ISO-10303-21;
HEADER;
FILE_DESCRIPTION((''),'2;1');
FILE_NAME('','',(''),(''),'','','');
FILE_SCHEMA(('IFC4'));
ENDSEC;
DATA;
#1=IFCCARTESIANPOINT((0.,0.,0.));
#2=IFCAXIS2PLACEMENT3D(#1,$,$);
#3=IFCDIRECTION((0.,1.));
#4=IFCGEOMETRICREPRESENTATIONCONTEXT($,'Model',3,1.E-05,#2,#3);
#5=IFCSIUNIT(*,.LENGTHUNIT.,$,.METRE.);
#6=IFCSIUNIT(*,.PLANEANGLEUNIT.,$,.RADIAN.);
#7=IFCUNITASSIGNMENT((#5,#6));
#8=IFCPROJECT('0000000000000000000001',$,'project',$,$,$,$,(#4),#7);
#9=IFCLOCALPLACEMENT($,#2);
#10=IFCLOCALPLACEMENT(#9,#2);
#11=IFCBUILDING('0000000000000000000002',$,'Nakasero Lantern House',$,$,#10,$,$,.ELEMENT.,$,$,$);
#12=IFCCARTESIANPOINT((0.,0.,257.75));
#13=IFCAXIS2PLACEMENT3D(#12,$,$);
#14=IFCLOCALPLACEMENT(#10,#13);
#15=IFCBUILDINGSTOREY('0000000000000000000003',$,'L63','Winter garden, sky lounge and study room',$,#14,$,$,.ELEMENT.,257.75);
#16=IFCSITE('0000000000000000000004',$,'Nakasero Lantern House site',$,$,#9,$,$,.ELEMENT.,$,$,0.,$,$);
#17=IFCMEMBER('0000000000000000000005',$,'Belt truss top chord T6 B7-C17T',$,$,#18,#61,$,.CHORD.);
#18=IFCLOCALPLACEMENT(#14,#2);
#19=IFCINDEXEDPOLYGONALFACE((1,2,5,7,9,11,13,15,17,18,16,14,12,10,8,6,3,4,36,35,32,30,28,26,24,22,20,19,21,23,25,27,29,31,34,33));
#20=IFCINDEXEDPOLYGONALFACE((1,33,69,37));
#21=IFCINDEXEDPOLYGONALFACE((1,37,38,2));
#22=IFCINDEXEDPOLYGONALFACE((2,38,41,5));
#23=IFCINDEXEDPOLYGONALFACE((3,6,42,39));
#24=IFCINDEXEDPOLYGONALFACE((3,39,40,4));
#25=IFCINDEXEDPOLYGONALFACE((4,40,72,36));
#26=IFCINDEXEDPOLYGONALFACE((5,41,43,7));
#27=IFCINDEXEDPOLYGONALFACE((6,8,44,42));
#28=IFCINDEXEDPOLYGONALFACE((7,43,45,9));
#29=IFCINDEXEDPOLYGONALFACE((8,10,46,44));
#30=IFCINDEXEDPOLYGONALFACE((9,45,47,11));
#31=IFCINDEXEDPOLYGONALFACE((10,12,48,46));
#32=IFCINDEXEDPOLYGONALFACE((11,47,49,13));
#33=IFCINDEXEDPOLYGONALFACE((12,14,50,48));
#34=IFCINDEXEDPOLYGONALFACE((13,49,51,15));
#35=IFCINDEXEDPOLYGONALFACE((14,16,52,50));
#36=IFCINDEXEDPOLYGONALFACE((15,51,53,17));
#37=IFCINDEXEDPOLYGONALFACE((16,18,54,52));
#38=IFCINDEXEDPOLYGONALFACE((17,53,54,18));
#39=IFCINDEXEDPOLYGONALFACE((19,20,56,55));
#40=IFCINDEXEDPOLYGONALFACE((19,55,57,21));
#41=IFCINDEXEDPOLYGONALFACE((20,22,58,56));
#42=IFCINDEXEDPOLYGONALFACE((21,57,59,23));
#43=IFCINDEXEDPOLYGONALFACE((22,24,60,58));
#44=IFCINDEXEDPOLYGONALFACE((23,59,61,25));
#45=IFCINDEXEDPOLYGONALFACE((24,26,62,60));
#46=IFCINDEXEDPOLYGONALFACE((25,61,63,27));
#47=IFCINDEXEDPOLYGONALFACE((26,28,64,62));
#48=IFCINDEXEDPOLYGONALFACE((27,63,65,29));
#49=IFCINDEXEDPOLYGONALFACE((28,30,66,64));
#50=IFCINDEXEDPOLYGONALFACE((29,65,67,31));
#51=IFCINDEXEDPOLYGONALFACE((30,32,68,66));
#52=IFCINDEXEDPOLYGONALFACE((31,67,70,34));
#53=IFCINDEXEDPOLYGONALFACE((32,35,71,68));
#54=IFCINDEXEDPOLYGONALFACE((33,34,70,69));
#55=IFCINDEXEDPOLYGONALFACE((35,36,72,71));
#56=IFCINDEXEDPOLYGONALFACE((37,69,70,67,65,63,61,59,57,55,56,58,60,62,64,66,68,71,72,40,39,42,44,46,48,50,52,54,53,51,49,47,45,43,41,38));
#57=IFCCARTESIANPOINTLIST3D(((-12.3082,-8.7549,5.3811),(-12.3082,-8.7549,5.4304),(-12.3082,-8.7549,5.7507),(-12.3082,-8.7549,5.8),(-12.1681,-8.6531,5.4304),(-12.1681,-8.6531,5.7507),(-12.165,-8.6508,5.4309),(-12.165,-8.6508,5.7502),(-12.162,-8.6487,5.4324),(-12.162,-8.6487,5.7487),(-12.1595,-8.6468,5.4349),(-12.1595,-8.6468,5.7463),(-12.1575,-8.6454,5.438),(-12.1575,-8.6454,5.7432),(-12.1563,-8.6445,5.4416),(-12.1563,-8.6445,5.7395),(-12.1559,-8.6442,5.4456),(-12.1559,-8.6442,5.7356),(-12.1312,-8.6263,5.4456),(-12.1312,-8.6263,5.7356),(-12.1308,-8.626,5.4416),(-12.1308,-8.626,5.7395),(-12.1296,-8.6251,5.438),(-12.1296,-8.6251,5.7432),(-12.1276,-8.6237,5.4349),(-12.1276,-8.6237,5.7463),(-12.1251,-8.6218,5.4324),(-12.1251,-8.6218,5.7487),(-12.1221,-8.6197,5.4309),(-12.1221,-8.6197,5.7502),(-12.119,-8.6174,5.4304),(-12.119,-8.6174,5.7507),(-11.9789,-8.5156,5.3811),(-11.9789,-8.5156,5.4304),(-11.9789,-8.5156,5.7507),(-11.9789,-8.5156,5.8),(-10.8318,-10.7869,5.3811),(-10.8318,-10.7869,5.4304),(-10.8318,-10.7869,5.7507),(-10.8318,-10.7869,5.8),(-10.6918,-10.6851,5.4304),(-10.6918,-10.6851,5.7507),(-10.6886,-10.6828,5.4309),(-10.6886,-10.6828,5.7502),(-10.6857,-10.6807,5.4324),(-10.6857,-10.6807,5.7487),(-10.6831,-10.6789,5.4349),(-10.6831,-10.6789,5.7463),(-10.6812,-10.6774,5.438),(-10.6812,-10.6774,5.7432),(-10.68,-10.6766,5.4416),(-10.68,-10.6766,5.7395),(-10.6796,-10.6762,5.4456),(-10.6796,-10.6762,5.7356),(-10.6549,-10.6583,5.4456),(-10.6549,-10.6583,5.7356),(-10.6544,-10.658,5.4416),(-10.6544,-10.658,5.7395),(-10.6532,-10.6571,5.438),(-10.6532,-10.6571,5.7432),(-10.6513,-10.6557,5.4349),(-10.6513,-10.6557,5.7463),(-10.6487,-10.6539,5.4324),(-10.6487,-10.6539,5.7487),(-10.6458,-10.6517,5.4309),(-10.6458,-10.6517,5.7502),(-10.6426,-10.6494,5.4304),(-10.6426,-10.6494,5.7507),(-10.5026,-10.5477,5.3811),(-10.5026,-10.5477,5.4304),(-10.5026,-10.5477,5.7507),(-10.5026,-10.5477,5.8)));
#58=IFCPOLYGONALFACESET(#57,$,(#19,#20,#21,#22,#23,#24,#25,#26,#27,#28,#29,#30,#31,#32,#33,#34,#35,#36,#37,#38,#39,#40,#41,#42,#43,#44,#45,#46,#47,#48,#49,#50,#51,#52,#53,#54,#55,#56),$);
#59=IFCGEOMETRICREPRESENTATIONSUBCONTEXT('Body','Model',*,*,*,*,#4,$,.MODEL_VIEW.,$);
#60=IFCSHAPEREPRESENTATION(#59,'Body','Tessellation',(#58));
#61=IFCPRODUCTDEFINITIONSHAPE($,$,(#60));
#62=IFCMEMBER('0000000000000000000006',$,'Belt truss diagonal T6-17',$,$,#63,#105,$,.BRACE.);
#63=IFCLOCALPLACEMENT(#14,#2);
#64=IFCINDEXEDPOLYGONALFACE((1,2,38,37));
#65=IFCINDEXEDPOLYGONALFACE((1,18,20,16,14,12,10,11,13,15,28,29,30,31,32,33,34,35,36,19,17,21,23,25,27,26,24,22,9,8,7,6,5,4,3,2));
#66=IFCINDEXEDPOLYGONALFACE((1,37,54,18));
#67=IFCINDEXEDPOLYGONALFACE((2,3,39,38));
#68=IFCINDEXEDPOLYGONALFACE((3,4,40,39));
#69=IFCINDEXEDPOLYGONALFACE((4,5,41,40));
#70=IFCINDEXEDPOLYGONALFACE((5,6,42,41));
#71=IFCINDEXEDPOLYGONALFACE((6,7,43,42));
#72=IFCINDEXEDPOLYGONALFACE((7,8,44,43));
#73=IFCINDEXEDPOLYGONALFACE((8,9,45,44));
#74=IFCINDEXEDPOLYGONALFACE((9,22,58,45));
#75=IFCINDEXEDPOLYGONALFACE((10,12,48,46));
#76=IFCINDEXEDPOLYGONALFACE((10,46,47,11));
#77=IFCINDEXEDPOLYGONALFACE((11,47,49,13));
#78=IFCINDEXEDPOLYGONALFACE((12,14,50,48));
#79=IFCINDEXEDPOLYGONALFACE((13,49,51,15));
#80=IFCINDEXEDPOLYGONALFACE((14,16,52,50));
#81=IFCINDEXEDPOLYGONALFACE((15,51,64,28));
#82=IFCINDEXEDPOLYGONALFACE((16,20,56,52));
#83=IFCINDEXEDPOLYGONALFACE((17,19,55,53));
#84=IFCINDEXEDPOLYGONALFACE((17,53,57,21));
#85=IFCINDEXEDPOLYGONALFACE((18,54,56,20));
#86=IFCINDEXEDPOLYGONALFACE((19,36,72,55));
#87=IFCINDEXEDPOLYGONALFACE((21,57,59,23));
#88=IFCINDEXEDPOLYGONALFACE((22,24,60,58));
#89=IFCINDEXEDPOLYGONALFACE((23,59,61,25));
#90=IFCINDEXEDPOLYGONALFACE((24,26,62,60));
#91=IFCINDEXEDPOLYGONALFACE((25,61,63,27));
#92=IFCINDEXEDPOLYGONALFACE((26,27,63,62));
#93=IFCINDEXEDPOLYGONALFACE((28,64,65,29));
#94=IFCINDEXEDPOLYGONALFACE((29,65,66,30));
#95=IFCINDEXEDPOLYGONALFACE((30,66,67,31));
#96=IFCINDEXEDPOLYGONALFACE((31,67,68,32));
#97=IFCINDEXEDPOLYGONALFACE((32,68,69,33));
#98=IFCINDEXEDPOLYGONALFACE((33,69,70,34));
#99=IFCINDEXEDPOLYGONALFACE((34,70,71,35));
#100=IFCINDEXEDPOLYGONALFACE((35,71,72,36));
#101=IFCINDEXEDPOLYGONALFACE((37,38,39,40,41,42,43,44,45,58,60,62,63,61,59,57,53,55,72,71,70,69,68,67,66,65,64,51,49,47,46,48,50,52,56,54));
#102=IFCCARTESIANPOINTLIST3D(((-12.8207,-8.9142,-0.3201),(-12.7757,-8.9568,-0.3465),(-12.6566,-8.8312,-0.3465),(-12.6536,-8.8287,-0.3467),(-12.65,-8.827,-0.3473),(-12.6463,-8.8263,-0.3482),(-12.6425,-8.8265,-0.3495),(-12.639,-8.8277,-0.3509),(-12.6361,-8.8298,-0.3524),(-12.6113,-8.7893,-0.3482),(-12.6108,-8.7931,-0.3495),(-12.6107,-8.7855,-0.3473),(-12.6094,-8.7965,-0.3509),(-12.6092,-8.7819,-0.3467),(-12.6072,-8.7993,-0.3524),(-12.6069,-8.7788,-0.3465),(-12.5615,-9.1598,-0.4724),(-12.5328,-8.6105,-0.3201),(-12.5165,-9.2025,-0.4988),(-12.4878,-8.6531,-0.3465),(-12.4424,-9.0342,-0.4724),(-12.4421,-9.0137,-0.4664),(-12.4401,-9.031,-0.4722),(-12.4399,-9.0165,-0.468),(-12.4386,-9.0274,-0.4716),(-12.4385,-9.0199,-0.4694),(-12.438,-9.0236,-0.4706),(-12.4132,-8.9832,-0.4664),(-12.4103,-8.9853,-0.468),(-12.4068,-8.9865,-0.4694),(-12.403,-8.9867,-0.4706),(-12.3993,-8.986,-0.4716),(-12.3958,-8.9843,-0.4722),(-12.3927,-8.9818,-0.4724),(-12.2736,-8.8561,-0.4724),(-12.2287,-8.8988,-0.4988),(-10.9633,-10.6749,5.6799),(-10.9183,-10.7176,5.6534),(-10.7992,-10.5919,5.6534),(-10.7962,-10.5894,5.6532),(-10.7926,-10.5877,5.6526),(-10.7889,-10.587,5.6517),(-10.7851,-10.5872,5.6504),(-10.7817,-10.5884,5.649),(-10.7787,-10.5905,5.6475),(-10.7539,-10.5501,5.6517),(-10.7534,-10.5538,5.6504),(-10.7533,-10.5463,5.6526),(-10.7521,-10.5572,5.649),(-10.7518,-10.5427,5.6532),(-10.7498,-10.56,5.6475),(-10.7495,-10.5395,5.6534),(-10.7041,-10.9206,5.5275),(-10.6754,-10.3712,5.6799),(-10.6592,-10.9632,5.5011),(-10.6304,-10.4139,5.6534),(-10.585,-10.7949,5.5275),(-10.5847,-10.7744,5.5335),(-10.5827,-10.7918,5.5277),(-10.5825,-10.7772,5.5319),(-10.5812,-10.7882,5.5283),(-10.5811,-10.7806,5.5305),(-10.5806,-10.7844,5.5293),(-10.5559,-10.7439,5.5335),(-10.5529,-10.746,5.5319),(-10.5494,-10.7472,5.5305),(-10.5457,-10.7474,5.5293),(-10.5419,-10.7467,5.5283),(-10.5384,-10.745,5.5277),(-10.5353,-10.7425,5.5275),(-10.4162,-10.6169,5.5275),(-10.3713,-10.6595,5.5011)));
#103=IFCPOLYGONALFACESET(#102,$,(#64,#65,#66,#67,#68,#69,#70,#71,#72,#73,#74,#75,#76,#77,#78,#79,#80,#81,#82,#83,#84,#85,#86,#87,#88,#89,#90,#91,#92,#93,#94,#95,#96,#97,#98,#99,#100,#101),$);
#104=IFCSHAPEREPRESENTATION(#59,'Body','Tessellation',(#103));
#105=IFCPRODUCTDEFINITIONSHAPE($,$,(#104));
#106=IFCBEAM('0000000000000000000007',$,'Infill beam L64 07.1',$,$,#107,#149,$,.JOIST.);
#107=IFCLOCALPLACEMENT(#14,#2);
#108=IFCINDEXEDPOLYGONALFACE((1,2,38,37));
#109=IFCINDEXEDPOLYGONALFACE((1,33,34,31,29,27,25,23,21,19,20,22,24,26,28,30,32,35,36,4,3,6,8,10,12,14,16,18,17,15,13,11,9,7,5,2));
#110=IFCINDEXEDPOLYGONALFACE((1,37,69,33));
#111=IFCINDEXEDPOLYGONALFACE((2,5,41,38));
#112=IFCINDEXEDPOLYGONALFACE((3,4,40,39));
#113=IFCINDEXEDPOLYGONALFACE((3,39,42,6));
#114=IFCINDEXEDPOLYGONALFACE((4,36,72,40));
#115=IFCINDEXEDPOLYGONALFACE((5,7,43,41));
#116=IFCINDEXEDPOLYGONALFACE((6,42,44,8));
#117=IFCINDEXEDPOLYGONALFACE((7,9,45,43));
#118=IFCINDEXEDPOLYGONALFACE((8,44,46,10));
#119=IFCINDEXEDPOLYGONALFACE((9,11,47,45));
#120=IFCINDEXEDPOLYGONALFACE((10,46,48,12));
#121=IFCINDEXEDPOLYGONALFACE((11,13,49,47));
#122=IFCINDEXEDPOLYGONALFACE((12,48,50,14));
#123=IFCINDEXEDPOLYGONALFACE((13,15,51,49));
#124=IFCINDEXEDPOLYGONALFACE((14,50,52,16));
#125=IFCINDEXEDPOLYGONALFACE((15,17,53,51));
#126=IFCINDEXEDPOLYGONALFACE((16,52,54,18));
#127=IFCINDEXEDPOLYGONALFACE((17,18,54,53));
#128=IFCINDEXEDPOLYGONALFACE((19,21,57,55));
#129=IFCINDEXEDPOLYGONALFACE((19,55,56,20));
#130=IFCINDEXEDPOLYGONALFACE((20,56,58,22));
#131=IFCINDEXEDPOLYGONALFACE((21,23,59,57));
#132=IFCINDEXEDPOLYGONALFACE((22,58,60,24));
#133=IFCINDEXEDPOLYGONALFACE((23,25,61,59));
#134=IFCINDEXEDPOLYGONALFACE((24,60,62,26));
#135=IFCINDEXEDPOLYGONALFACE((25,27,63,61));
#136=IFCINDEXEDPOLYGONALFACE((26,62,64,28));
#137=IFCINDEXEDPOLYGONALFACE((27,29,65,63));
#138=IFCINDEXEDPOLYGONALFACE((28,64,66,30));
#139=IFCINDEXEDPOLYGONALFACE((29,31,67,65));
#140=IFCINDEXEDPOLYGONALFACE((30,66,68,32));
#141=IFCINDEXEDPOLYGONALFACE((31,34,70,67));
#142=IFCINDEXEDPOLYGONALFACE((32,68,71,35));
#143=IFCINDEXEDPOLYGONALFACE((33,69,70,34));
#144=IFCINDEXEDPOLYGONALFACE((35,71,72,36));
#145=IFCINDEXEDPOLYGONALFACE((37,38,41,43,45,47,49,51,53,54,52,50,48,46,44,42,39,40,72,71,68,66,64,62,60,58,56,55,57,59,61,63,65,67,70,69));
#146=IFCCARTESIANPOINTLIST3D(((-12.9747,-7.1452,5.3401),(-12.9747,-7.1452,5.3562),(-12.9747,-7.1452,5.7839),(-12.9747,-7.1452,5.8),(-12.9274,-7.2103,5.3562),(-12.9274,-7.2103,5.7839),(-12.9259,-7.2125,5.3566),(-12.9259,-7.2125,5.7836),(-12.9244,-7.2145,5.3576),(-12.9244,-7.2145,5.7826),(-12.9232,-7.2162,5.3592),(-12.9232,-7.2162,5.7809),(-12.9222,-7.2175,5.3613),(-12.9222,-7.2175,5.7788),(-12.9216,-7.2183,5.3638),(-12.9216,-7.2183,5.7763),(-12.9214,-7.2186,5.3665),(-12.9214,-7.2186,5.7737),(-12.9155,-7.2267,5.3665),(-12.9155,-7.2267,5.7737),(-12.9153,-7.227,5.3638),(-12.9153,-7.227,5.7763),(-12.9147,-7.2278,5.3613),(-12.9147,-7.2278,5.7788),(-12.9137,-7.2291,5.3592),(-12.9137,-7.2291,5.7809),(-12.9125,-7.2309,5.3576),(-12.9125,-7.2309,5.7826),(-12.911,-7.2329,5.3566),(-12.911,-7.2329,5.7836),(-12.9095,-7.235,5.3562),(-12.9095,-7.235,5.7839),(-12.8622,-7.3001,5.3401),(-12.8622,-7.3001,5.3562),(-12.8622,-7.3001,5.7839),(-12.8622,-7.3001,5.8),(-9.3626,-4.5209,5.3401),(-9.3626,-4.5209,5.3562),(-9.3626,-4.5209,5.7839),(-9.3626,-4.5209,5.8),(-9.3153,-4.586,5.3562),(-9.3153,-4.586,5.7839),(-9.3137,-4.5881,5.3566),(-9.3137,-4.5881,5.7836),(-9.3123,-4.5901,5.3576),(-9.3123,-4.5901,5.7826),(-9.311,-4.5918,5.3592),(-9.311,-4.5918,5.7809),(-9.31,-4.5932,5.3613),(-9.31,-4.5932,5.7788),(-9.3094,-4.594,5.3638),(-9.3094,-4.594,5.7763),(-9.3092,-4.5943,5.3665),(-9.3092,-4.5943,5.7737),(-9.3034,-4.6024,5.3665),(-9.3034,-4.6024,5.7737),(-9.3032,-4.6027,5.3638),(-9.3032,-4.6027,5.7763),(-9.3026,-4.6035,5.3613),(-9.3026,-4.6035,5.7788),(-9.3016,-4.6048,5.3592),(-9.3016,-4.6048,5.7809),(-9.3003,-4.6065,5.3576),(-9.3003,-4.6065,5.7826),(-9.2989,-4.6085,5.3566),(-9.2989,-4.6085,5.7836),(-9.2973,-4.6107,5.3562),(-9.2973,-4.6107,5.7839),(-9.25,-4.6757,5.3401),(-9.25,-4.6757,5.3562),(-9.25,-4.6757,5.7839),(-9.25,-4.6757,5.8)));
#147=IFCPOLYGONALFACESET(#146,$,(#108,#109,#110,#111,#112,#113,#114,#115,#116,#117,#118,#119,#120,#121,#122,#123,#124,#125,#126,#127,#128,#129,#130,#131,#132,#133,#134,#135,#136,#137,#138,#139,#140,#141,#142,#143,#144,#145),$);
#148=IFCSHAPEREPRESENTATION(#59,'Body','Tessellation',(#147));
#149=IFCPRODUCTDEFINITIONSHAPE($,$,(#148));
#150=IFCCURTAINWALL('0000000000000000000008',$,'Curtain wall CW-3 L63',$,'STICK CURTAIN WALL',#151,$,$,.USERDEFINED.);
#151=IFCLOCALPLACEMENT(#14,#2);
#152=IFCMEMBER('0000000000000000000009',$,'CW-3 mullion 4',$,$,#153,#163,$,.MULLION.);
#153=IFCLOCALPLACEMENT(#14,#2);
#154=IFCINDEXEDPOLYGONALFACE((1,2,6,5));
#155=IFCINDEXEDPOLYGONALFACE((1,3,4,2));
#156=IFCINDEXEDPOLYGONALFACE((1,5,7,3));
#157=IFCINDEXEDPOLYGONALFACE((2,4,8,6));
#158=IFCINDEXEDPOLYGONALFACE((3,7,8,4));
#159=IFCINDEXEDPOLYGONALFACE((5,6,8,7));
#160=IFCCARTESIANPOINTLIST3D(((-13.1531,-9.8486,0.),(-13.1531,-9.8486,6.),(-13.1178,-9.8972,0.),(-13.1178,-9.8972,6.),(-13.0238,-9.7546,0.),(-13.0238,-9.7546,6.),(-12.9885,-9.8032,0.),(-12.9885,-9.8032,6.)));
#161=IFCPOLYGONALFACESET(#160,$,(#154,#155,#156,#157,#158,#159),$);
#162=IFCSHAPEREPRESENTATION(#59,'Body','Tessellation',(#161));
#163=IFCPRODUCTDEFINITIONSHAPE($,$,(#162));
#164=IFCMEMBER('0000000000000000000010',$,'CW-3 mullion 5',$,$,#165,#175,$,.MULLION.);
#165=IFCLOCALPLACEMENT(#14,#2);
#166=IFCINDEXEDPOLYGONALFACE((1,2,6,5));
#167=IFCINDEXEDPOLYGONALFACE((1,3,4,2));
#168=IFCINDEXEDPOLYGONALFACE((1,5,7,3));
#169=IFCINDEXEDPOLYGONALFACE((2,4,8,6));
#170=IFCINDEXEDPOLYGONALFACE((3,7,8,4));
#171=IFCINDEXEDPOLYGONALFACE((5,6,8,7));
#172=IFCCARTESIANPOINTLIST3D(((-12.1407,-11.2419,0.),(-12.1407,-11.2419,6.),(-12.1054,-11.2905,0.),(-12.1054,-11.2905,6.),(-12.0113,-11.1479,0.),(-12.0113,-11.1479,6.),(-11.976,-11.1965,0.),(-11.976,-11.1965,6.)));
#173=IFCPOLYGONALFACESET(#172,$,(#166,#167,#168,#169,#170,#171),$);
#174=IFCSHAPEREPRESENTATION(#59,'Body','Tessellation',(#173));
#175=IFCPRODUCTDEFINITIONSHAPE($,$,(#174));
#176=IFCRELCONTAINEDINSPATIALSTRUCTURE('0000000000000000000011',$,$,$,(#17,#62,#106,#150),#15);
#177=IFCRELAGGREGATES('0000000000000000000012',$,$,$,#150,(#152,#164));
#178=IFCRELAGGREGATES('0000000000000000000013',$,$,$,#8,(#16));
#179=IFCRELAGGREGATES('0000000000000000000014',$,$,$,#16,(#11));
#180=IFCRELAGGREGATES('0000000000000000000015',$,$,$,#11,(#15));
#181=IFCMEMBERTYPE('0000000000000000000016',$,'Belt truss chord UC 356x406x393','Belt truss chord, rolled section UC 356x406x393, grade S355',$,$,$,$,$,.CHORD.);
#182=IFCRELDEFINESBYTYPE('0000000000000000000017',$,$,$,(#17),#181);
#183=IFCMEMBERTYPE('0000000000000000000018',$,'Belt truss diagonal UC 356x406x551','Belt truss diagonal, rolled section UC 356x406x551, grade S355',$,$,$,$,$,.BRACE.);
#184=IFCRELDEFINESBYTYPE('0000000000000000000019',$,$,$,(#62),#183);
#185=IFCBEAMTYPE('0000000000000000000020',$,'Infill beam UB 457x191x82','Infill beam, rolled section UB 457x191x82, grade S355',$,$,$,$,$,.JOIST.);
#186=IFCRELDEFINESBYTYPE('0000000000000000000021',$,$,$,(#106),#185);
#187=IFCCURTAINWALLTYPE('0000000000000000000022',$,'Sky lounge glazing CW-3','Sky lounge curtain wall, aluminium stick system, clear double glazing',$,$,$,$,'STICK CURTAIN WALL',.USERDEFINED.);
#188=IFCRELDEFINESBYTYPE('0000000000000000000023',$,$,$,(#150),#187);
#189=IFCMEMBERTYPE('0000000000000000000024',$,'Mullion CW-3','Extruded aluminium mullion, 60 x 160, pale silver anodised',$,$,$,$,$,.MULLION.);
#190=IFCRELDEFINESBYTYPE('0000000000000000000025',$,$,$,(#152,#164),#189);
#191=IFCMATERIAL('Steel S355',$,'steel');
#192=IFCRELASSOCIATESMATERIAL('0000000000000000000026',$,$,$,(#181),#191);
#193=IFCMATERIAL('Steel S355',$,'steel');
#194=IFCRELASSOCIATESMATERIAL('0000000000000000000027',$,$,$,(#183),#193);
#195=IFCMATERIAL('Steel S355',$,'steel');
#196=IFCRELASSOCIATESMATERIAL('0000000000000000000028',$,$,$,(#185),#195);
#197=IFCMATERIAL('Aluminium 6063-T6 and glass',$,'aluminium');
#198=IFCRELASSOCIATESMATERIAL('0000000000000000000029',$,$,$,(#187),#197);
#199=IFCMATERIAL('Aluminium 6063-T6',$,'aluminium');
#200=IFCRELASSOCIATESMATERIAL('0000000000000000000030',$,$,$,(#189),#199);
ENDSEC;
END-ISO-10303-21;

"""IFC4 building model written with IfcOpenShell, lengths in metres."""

from ifc_helpers import new_model, si_unit, direction, frame, origin, origin_2d, place, context, subcontext, project, spatial, rectangle, i_section, extrude, material, material_profile, profile_set, type_object, element, aggregate, save


model = new_model("IFC4")

# Units and contexts
model_context = context("Model", 3, precision=1e-05, world=origin(), true_north=direction((0.0, 1.0)))
body_context = subcontext(model_context, "Body", "Model", "MODEL_VIEW")
ifc_project = project(units=[si_unit("LENGTHUNIT", "METRE"), si_unit("PLANEANGLEUNIT", "RADIAN")], contexts=[model_context])

# Site, building, storey
site_placement = place(None, origin())
site = spatial("IfcSite", under=ifc_project, at=site_placement, Name="Nakasero Lantern House site", CompositionType="ELEMENT", RefElevation=0.0)
building_placement = place(site_placement, origin())
building = spatial("IfcBuilding", under=site, at=building_placement, Name="Nakasero Lantern House", CompositionType="ELEMENT")
storey_placement = place(building_placement, frame((0.0, 0.0, 257.75)))
storey = spatial("IfcBuildingStorey", under=building, at=storey_placement, Name="L63", Description="Winter garden, sky lounge and study room", CompositionType="ELEMENT", Elevation=257.75)

# Members
ifc_material_1 = material(Name="Steel S355", Category="steel")
ifc_material_profile_1 = material_profile(ifc_material_1, i_section(OverallWidth=0.407, OverallDepth=0.4189, WebThickness=0.0305, FlangeThickness=0.0493, FilletRadius=0.0151, at=origin_2d()), Name="UC 356x406x393")
ifc_profile_set_1 = profile_set([ifc_material_profile_1], Name="Steel S355")
member_type_1 = type_object("IfcMemberType", Name="Belt truss chord UC 356x406x393", Description="Belt truss chord, rolled section UC 356x406x393, grade S355", PredefinedType="CHORD", material=ifc_profile_set_1)
member_1_placement = place(storey_placement, frame((-12.1436, -8.6353, 5.5906), z_axis=(0.587784, -0.809018, 0.0), x_axis=(0.809018, 0.587784, 0.0)))
element("IfcMember", 1, at=member_1_placement, inside=storey, type_object=member_type_1, Name="Belt truss top chord T6 B7-C17T", PredefinedType="CHORD", context=body_context, shape_type="SweptSolid", body=[
    extrude(i_section(OverallWidth=0.407, OverallDepth=0.4189, WebThickness=0.0305, FlangeThickness=0.0493, FilletRadius=0.0151, at=origin_2d()), origin(), (0.0, 0.0, 1.0), 2.5117),
])
ifc_material_2 = material(Name="Steel S355", Category="steel")
ifc_material_profile_2 = material_profile(ifc_material_2, i_section(OverallWidth=0.4185, OverallDepth=0.4556, WebThickness=0.042, FlangeThickness=0.0674, FilletRadius=0.0151, at=origin_2d()), Name="UC 356x406x551")
ifc_profile_set_2 = profile_set([ifc_material_profile_2], Name="Steel S355")
member_type_2 = type_object("IfcMemberType", Name="Belt truss diagonal UC 356x406x551", Description="Belt truss diagonal, rolled section UC 356x406x551, grade S355", PredefinedType="BRACE", material=ifc_profile_set_2)
member_2_placement = place(storey_placement, frame((-12.5247, -8.9065, -0.4094), z_axis=(0.284747, -0.269926, 0.919815), x_axis=(0.687967, 0.725742, 0.0)))
element("IfcMember", 2, at=member_2_placement, inside=storey, type_object=member_type_2, Name="Belt truss diagonal T6-17", PredefinedType="BRACE", context=body_context, shape_type="SweptSolid", body=[
    extrude(i_section(OverallWidth=0.4185, OverallDepth=0.4556, WebThickness=0.042, FlangeThickness=0.0674, FilletRadius=0.0151, at=origin_2d()), origin(), (0.0, 0.0, 1.0), 6.5229),
])

# Beam
ifc_material_3 = material(Name="Steel S355", Category="steel")
ifc_material_profile_3 = material_profile(ifc_material_3, i_section(OverallWidth=0.1914, OverallDepth=0.46, WebThickness=0.01, FlangeThickness=0.0161, FilletRadius=0.0103, at=origin_2d()), Name="UB 457x191x82")
ifc_profile_set_3 = profile_set([ifc_material_profile_3], Name="Steel S355")
beam_type_1 = type_object("IfcBeamType", Name="Infill beam UB 457x191x82", Description="Infill beam, rolled section UB 457x191x82, grade S355", PredefinedType="JOIST", material=ifc_profile_set_3)
beam_1_placement = place(storey_placement, frame((-12.9185, -7.2227, 5.5701), z_axis=(0.809022, 0.587778, 0.0), x_axis=(-0.587778, 0.809022, 0.0)))
element("IfcBeam", 3, at=beam_1_placement, inside=storey, type_object=beam_type_1, Name="Infill beam L64 07.1", PredefinedType="JOIST", context=body_context, shape_type="SweptSolid", body=[
    extrude(i_section(OverallWidth=0.1914, OverallDepth=0.46, WebThickness=0.01, FlangeThickness=0.0161, FilletRadius=0.0103, at=origin_2d()), origin(), (0.0, 0.0, 1.0), 4.4648),
])

# Curtain wall, members
ifc_material_4 = material(Name="Aluminium 6063-T6 and glass", Category="aluminium")
curtain_wall_type = type_object("IfcCurtainWallType", Name="Sky lounge glazing CW-3", Description="Sky lounge curtain wall, aluminium stick system, clear double glazing", ElementType="STICK CURTAIN WALL", PredefinedType="USERDEFINED", material=ifc_material_4)
curtain_wall_placement = place(storey_placement, origin())
curtain_wall = element("IfcCurtainWall", 4, at=curtain_wall_placement, inside=storey, type_object=curtain_wall_type, Name="Curtain wall CW-3 L63", ObjectType="STICK CURTAIN WALL", PredefinedType="USERDEFINED")
ifc_material_5 = material(Name="Aluminium 6063-T6", Category="aluminium")
ifc_material_profile_4 = material_profile(ifc_material_5, rectangle(XDim=0.0601, YDim=0.1599, at=origin_2d()), Name="CW-3 mullion 60x160")
ifc_profile_set_4 = profile_set([ifc_material_profile_4], Name="Aluminium 6063-T6")
member_type_3 = type_object("IfcMemberType", Name="Mullion CW-3", Description="Extruded aluminium mullion, 60 x 160, pale silver anodised", PredefinedType="MULLION", material=ifc_profile_set_4)
member_3_placement = place(storey_placement, frame((-13.0708, -9.8259, 0.0), z_axis=(0.0, 0.0, 1.0), x_axis=(0.587785, -0.809017, 0.0)))
member_3 = element("IfcMember", 5, at=member_3_placement, type_object=member_type_3, Name="CW-3 mullion 4", PredefinedType="MULLION", context=body_context, shape_type="SweptSolid", body=[
    extrude(rectangle(XDim=0.0601, YDim=0.1599, at=origin_2d()), origin(), (0.0, 0.0, 1.0), 6.0),
])
member_4_placement = place(storey_placement, frame((-12.0583, -11.2192, 0.0), z_axis=(0.0, 0.0, 1.0), x_axis=(0.587785, -0.809017, 0.0)))
member_4 = element("IfcMember", 6, at=member_4_placement, type_object=member_type_3, Name="CW-3 mullion 5", PredefinedType="MULLION", context=body_context, shape_type="SweptSolid", body=[
    extrude(rectangle(XDim=0.0601, YDim=0.1599, at=origin_2d()), origin(), (0.0, 0.0, 1.0), 6.0),
])

aggregate(curtain_wall, [member_3, member_4])

save(model, "model.ifc")
